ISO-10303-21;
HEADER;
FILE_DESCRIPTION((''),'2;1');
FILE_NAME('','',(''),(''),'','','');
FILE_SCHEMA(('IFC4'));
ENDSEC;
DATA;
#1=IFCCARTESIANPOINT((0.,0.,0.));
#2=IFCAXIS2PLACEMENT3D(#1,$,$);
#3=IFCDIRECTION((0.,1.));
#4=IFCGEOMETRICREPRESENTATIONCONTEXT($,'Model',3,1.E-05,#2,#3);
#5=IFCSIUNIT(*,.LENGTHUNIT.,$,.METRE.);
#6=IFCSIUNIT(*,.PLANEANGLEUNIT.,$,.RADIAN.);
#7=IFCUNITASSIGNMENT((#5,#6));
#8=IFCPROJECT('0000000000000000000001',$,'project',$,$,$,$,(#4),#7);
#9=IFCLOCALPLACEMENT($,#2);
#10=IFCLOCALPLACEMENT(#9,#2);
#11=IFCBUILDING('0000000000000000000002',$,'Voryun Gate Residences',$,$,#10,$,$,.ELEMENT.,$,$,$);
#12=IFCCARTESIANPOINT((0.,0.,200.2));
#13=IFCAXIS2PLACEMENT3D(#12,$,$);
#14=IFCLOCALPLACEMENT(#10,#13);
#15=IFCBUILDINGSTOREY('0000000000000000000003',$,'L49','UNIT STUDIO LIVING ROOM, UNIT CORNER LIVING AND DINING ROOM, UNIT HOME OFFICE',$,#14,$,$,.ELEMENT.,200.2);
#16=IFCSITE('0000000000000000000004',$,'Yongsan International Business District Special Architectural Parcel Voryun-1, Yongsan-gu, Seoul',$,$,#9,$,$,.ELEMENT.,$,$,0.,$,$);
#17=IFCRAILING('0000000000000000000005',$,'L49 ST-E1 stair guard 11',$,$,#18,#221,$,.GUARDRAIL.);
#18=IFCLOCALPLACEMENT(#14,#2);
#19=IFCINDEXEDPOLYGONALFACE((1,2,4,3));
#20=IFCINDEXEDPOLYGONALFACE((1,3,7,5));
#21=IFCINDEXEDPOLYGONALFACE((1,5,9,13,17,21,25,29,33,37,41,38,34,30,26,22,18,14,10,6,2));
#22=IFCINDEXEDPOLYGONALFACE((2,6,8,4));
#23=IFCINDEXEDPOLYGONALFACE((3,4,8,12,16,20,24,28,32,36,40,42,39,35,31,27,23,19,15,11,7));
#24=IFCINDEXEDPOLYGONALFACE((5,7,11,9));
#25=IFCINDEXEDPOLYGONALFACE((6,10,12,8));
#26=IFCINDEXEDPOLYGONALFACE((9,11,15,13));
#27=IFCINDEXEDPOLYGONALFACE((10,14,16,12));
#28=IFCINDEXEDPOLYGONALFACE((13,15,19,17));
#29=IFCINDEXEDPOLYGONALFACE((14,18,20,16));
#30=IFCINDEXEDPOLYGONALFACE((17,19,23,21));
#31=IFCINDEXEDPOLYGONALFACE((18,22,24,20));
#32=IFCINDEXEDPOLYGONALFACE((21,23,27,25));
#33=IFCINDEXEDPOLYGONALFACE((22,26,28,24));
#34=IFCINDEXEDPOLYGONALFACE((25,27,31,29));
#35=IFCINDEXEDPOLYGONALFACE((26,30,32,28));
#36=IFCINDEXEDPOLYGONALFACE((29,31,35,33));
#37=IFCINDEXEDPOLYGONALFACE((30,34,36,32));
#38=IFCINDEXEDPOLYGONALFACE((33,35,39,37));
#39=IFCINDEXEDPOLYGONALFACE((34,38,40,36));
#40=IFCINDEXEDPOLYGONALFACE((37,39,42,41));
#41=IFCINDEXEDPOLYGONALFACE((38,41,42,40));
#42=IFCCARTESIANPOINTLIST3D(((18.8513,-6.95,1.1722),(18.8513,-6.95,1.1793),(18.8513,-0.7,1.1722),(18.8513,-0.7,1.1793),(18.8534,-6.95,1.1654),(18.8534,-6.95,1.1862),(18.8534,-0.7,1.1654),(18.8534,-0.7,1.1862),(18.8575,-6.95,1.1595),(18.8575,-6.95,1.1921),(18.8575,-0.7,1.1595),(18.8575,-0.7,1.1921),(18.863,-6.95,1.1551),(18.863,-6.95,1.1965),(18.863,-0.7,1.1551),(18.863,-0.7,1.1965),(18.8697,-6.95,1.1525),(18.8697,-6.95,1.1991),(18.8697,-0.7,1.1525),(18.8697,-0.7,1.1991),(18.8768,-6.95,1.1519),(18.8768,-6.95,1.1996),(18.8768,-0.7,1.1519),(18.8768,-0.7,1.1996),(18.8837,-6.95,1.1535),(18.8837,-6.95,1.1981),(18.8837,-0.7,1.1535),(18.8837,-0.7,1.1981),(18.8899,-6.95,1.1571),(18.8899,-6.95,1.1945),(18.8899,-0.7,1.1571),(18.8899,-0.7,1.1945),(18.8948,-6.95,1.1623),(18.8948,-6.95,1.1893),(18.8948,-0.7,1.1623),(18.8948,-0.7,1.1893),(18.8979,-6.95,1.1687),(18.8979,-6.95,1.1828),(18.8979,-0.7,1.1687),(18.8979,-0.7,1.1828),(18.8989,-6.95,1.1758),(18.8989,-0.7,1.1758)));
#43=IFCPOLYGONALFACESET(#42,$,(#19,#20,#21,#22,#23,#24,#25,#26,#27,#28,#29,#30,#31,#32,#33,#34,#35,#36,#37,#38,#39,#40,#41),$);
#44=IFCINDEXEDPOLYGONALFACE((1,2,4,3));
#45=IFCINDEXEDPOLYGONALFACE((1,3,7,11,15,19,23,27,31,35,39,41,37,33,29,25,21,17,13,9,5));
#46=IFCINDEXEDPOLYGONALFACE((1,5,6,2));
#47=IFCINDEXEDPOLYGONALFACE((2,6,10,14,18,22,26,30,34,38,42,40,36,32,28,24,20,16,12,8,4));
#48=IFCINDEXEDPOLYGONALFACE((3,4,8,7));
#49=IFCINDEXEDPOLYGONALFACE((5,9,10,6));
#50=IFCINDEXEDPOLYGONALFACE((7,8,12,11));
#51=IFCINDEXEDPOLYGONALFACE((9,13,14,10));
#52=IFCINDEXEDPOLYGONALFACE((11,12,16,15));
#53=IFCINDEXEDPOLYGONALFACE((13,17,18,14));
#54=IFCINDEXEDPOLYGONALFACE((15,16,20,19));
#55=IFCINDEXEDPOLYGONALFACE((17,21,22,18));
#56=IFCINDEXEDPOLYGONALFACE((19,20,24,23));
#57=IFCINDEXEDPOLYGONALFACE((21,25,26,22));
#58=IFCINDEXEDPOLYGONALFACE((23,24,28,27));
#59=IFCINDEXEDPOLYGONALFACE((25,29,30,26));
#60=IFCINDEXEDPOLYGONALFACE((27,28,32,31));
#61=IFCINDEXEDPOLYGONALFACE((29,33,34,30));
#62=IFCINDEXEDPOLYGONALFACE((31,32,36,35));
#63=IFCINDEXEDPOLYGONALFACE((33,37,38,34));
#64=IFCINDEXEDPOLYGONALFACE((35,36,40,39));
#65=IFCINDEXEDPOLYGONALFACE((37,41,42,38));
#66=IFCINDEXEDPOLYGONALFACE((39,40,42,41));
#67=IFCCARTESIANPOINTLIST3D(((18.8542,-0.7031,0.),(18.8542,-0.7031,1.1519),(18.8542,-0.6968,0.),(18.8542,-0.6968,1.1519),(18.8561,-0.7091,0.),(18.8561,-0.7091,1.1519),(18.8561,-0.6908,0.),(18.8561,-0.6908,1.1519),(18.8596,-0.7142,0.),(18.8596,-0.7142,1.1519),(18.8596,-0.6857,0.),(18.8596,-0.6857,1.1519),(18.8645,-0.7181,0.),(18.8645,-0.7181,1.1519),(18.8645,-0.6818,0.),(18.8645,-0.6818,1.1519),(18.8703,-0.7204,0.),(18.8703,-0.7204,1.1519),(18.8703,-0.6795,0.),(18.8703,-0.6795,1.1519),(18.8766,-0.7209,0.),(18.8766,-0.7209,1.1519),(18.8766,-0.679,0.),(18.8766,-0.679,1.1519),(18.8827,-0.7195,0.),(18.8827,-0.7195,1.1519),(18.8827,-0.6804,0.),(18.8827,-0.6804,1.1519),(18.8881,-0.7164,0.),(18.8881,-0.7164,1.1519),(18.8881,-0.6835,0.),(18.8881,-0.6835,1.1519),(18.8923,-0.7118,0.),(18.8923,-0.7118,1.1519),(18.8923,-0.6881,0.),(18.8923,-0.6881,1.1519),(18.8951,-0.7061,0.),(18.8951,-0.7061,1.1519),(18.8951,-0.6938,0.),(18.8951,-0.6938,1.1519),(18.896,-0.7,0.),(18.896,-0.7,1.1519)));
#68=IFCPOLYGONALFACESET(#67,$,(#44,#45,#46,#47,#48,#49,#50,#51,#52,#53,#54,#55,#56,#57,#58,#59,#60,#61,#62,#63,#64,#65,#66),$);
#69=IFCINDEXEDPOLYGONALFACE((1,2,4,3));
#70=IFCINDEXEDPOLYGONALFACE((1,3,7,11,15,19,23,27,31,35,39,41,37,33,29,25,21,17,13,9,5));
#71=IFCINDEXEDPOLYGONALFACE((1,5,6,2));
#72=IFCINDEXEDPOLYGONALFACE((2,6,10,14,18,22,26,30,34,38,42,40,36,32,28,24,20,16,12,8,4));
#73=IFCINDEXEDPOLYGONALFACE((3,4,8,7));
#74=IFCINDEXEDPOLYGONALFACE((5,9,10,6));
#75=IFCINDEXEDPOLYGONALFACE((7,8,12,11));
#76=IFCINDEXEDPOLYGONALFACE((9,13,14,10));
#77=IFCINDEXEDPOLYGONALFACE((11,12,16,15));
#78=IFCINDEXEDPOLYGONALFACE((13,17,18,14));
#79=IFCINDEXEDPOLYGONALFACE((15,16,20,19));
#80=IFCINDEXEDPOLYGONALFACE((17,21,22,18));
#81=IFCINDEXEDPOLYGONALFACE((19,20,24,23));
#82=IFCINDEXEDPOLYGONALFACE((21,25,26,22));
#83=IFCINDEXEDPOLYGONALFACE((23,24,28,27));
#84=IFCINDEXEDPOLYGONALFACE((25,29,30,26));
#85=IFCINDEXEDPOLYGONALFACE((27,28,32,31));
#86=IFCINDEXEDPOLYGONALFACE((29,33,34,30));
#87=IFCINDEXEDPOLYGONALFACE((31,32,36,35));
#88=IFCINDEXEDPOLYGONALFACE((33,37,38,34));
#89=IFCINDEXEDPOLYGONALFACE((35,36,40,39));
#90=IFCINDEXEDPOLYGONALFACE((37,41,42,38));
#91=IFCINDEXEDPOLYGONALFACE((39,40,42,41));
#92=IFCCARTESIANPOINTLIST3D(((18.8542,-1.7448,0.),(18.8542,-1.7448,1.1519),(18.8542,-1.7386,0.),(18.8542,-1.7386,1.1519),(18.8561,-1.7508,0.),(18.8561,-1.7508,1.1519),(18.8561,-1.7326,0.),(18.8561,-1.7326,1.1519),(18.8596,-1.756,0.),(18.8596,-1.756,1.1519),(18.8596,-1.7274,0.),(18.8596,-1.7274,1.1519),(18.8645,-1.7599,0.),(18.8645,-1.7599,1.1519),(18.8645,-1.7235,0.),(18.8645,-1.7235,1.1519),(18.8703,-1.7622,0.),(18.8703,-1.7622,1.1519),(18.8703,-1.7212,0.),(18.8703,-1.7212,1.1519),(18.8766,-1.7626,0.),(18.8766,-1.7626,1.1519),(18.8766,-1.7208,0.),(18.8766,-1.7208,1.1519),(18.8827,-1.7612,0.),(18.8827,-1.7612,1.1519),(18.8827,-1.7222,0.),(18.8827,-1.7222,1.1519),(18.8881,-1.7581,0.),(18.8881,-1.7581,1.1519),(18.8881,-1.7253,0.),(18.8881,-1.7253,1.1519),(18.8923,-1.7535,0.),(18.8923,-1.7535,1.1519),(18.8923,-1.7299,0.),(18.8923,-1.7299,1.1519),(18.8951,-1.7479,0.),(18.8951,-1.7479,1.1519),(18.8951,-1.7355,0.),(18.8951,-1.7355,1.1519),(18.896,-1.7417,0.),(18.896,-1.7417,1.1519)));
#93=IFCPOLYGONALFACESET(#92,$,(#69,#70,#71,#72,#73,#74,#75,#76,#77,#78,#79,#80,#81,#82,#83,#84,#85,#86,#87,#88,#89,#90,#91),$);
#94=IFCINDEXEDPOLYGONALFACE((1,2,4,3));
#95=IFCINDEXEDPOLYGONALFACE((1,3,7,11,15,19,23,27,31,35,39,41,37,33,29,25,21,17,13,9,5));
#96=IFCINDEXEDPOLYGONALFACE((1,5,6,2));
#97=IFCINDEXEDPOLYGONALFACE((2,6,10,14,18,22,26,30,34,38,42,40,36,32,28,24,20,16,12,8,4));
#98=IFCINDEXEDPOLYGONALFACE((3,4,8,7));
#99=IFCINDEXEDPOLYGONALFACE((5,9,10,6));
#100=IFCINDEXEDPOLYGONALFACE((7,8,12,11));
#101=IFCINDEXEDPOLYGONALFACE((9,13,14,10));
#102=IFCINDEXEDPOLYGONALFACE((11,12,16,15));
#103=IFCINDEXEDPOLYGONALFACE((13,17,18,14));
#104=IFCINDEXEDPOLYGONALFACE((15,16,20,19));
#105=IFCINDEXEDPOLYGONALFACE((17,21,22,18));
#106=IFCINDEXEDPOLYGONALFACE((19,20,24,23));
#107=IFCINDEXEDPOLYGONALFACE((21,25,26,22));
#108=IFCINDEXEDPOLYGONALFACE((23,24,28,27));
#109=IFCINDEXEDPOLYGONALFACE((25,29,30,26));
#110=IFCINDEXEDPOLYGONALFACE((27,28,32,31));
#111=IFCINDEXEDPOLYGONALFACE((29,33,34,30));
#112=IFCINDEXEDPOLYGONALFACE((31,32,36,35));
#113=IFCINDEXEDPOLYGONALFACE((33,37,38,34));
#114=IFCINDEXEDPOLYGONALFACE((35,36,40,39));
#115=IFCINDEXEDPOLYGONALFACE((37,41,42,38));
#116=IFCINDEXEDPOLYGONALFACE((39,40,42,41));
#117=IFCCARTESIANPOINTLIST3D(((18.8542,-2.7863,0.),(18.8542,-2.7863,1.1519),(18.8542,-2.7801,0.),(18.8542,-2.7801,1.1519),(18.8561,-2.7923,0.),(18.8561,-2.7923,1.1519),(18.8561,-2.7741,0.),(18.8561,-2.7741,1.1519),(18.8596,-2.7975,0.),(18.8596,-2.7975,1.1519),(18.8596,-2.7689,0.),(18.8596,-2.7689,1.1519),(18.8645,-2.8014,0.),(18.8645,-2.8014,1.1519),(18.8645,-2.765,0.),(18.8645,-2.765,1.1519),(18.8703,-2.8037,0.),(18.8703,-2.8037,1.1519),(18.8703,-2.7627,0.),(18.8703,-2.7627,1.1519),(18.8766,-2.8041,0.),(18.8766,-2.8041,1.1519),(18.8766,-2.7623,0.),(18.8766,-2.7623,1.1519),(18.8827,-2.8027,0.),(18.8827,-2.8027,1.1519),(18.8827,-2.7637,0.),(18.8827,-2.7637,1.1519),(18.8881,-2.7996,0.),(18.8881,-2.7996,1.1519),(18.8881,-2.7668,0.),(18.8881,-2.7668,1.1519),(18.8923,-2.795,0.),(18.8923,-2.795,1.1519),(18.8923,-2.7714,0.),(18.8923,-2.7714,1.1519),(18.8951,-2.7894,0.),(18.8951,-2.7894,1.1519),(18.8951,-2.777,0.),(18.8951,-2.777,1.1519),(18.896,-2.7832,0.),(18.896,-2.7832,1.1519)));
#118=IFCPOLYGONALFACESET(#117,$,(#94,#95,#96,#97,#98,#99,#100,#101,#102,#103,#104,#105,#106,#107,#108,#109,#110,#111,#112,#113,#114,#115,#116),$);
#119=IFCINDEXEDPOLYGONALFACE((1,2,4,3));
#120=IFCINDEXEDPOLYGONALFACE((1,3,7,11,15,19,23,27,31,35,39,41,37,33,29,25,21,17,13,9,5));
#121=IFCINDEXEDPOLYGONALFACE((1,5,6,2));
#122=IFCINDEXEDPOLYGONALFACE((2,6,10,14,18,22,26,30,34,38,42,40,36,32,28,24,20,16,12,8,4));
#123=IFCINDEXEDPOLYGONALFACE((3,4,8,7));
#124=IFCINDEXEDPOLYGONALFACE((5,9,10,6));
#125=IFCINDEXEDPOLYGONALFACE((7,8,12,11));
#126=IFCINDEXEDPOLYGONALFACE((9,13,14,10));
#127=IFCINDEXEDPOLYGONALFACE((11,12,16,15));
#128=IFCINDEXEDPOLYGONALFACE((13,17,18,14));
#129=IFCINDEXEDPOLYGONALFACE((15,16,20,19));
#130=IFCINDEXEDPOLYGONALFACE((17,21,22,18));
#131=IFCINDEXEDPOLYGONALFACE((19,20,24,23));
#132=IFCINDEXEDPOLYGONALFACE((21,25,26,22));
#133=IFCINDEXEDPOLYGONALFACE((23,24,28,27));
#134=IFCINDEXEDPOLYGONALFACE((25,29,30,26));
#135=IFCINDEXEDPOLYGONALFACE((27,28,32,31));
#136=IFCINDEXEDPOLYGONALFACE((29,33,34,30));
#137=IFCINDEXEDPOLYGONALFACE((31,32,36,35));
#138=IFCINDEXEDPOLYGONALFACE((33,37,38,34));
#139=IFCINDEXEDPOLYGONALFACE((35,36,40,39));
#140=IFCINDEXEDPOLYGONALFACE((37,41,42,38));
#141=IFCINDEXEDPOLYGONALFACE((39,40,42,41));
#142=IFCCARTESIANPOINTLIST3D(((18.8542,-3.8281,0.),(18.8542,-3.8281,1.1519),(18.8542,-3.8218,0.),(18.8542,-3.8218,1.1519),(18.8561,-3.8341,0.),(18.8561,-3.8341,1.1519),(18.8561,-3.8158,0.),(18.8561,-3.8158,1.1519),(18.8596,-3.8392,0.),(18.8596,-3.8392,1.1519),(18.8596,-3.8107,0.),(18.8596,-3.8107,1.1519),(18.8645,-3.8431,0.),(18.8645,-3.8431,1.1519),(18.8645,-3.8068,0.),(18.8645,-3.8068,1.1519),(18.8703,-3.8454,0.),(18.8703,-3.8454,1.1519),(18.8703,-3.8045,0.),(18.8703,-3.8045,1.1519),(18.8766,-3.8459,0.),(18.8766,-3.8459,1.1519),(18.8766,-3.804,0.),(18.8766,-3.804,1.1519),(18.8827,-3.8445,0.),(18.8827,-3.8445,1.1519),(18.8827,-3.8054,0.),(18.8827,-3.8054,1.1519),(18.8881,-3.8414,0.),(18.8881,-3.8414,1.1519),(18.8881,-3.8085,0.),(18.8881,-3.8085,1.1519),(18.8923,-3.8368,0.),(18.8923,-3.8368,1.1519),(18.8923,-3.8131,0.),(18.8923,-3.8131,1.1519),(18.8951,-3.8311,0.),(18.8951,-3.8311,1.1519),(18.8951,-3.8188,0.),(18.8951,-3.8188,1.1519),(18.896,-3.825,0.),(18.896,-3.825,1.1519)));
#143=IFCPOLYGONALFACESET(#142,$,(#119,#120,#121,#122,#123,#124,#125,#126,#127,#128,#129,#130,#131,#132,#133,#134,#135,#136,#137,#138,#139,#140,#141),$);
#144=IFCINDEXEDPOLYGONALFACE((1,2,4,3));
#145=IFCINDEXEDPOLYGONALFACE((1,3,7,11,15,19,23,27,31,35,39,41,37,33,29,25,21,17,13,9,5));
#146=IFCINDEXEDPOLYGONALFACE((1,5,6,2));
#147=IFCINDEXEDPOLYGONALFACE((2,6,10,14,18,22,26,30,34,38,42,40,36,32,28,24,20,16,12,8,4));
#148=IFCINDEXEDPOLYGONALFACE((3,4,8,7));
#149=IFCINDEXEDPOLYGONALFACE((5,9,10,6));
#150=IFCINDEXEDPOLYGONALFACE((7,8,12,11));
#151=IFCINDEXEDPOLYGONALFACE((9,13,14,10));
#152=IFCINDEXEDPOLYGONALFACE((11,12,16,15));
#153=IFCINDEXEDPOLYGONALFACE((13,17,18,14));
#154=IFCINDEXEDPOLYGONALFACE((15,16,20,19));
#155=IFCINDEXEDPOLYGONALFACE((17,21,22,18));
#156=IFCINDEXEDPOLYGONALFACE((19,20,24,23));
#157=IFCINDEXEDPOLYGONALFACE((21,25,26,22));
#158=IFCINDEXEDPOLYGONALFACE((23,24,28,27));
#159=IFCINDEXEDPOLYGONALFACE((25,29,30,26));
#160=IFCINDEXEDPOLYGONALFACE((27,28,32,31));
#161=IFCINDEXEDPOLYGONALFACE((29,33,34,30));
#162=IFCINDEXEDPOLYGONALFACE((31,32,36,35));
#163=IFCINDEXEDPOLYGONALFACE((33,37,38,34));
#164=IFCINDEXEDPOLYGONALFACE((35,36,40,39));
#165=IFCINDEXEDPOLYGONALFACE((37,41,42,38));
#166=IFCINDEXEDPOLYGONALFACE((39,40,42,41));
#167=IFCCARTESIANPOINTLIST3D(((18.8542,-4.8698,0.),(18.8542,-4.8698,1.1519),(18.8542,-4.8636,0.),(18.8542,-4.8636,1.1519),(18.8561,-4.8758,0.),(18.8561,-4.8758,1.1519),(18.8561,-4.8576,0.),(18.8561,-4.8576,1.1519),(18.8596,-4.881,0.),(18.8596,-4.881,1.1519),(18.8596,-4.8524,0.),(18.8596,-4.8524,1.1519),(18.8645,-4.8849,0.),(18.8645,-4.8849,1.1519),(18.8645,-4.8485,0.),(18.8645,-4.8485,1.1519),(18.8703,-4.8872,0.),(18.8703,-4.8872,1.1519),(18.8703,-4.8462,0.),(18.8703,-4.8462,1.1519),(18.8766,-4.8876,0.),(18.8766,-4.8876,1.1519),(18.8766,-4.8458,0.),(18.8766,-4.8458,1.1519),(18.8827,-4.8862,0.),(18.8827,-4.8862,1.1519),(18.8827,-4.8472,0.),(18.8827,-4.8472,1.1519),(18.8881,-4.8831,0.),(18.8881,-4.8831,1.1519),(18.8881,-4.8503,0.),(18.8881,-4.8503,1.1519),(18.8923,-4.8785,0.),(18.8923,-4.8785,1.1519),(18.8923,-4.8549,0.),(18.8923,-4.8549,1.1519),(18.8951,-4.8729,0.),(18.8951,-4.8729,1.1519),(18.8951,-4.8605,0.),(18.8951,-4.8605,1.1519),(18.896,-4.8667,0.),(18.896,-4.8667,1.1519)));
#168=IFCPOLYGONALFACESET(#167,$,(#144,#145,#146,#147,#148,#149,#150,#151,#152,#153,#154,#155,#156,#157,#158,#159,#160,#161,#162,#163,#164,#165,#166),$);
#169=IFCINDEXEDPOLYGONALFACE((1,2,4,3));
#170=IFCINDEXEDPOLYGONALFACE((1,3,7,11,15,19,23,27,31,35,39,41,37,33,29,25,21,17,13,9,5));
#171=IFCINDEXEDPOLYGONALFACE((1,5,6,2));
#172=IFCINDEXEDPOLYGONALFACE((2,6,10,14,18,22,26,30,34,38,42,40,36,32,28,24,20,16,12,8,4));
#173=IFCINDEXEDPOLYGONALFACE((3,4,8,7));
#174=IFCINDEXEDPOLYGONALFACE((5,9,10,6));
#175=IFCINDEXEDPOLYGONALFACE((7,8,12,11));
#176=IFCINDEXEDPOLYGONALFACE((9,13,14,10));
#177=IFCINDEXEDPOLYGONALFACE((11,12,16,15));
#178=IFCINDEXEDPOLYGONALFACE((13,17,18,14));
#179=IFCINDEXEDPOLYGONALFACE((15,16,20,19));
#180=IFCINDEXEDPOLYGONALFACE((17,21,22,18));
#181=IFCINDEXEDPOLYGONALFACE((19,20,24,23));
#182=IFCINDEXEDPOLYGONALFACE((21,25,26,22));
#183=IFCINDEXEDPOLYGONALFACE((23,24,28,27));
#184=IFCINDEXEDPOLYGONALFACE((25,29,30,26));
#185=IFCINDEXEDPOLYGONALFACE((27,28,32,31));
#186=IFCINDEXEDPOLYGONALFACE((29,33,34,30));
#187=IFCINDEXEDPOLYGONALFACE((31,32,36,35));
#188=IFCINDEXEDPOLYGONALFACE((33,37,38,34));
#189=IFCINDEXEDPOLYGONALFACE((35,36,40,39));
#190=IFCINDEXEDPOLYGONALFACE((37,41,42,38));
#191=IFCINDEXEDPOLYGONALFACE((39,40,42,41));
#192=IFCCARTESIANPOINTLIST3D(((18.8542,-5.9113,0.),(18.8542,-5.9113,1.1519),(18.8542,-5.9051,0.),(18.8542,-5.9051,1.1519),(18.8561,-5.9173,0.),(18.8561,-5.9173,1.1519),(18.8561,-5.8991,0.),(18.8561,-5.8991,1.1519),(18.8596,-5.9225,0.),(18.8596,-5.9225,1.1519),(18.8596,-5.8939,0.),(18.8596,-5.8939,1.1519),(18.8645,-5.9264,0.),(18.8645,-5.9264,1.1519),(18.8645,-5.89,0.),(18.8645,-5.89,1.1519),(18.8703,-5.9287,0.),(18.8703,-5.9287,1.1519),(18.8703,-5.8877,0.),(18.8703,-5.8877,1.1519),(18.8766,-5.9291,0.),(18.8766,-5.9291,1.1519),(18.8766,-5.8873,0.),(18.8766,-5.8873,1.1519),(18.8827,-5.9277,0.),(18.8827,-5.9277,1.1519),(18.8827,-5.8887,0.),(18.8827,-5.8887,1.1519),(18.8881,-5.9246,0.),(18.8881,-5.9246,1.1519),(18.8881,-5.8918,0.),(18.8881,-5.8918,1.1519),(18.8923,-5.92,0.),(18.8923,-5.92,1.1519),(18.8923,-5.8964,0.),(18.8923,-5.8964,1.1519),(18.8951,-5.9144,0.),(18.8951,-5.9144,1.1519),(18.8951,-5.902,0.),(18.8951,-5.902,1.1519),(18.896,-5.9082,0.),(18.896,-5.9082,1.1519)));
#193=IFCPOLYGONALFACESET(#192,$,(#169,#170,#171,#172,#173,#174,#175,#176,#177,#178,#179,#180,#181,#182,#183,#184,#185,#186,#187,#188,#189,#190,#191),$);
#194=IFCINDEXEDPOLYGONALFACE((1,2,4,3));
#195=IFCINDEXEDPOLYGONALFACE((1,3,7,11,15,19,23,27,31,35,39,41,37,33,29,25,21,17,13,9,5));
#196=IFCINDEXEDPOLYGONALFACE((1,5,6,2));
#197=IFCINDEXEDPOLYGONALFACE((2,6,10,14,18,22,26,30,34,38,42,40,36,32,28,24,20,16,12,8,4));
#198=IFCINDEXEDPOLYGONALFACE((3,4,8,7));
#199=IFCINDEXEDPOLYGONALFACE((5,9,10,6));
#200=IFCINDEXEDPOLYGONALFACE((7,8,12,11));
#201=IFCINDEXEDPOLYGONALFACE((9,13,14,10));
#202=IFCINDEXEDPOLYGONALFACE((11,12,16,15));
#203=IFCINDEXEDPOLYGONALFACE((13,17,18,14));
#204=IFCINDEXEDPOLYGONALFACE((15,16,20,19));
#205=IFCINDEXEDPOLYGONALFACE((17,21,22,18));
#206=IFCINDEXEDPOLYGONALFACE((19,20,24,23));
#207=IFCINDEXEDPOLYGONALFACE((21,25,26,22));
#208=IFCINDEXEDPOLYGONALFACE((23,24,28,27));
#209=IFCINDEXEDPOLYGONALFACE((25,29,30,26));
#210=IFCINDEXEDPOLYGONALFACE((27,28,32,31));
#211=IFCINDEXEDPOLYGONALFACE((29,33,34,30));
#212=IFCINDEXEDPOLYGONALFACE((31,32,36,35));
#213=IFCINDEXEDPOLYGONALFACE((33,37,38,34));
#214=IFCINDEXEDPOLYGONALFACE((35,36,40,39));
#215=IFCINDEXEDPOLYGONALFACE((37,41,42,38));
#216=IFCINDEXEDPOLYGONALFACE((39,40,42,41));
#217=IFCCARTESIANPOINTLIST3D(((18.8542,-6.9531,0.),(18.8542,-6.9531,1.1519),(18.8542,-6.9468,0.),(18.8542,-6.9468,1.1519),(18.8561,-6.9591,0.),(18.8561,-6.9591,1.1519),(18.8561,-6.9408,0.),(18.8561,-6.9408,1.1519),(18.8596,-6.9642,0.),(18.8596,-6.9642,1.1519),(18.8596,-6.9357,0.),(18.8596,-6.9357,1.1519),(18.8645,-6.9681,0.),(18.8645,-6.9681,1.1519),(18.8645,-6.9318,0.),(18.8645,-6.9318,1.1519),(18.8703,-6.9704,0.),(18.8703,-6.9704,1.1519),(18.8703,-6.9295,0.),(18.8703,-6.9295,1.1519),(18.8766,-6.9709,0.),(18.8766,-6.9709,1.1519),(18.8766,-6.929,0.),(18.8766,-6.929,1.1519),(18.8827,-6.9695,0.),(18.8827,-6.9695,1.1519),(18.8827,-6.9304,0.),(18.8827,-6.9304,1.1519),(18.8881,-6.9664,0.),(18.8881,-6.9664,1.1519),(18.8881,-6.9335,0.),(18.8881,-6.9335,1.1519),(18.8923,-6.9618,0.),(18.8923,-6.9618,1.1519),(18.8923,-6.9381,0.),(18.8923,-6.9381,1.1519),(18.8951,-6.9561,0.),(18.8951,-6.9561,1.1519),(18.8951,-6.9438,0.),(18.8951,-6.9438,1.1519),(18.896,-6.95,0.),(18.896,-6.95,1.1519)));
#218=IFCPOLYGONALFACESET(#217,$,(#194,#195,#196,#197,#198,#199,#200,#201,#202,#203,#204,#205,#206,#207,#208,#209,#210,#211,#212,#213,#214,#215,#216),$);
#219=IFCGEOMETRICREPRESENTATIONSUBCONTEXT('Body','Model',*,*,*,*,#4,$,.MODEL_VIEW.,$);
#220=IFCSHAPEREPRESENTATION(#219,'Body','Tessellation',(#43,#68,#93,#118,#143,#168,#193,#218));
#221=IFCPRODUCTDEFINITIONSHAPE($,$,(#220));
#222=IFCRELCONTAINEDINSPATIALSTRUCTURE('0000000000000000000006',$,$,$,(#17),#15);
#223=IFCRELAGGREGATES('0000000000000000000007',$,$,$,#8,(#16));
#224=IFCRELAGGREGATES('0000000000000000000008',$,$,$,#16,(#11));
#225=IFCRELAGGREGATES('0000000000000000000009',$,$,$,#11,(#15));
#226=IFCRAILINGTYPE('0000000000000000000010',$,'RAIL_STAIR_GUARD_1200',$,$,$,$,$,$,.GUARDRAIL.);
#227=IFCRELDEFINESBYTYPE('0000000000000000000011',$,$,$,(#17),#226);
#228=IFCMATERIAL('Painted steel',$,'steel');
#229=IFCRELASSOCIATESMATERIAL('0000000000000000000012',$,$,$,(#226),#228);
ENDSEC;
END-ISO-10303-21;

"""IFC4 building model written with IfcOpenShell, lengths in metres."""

from ifc_helpers import new_model, si_unit, direction, frame, origin, origin_2d, place, context, subcontext, project, spatial, circle, extrude, material, type_object, element, save


model = new_model("IFC4")

# Units and contexts
model_context = context("Model", 3, precision=1e-05, world=origin(), true_north=direction((0.0, 1.0)))
body_context = subcontext(model_context, "Body", "Model", "MODEL_VIEW")
ifc_project = project(units=[si_unit("LENGTHUNIT", "METRE"), si_unit("PLANEANGLEUNIT", "RADIAN")], contexts=[model_context])

# Site, building, storey
site_placement = place(None, origin())
site = spatial("IfcSite", under=ifc_project, at=site_placement, Name="Yongsan International Business District Special Architectural Parcel Voryun-1, Yongsan-gu, Seoul", CompositionType="ELEMENT", RefElevation=0.0)
building_placement = place(site_placement, origin())
building = spatial("IfcBuilding", under=site, at=building_placement, Name="Voryun Gate Residences", CompositionType="ELEMENT")
storey_placement = place(building_placement, frame((0.0, 0.0, 200.2)))
storey = spatial("IfcBuildingStorey", under=building, at=storey_placement, Name="L49", Description="UNIT STUDIO LIVING ROOM, UNIT CORNER LIVING AND DINING ROOM, UNIT HOME OFFICE", CompositionType="ELEMENT", Elevation=200.2)

# Railing
ifc_material_1 = material(Name="Painted steel", Category="steel")
railing_type_1 = type_object("IfcRailingType", Name="RAIL_STAIR_GUARD_1200", PredefinedType="GUARDRAIL", material=ifc_material_1)
railing_1_placement = place(storey_placement, frame((18.875, -0.7, 0.0)))
element("IfcRailing", 1, at=railing_1_placement, inside=storey, type_object=railing_type_1, Name="L49 ST-E1 stair guard 11", PredefinedType="GUARDRAIL", context=body_context, shape_type="SweptSolid", body=[
    extrude(circle(Radius=0.0239, at=origin_2d()), frame((0.0, 0.0, 1.1758), z_axis=(0.0, -1.0, 0.0), x_axis=(1.0, 0.0, 0.0)), (0.0, 0.0, 1.0), 6.25),
    extrude(circle(Radius=0.021, at=origin_2d()), origin(), (0.0, 0.0, 1.0), 1.1519),
    extrude(circle(Radius=0.021, at=origin_2d()), frame((0.0, -1.0417, 0.0)), (0.0, 0.0, 1.0), 1.1519),
    extrude(circle(Radius=0.021, at=origin_2d()), frame((0.0, -2.0833, 0.0)), (0.0, 0.0, 1.0), 1.1519),
    extrude(circle(Radius=0.021, at=origin_2d()), frame((0.0, -3.125, 0.0)), (0.0, 0.0, 1.0), 1.1519),
    extrude(circle(Radius=0.021, at=origin_2d()), frame((0.0, -4.1667, 0.0)), (0.0, 0.0, 1.0), 1.1519),
    extrude(circle(Radius=0.021, at=origin_2d()), frame((0.0, -5.2083, 0.0)), (0.0, 0.0, 1.0), 1.1519),
    extrude(circle(Radius=0.021, at=origin_2d()), frame((0.0, -6.25, 0.0)), (0.0, 0.0, 1.0), 1.1519),
])

save(model, "model.ifc")
